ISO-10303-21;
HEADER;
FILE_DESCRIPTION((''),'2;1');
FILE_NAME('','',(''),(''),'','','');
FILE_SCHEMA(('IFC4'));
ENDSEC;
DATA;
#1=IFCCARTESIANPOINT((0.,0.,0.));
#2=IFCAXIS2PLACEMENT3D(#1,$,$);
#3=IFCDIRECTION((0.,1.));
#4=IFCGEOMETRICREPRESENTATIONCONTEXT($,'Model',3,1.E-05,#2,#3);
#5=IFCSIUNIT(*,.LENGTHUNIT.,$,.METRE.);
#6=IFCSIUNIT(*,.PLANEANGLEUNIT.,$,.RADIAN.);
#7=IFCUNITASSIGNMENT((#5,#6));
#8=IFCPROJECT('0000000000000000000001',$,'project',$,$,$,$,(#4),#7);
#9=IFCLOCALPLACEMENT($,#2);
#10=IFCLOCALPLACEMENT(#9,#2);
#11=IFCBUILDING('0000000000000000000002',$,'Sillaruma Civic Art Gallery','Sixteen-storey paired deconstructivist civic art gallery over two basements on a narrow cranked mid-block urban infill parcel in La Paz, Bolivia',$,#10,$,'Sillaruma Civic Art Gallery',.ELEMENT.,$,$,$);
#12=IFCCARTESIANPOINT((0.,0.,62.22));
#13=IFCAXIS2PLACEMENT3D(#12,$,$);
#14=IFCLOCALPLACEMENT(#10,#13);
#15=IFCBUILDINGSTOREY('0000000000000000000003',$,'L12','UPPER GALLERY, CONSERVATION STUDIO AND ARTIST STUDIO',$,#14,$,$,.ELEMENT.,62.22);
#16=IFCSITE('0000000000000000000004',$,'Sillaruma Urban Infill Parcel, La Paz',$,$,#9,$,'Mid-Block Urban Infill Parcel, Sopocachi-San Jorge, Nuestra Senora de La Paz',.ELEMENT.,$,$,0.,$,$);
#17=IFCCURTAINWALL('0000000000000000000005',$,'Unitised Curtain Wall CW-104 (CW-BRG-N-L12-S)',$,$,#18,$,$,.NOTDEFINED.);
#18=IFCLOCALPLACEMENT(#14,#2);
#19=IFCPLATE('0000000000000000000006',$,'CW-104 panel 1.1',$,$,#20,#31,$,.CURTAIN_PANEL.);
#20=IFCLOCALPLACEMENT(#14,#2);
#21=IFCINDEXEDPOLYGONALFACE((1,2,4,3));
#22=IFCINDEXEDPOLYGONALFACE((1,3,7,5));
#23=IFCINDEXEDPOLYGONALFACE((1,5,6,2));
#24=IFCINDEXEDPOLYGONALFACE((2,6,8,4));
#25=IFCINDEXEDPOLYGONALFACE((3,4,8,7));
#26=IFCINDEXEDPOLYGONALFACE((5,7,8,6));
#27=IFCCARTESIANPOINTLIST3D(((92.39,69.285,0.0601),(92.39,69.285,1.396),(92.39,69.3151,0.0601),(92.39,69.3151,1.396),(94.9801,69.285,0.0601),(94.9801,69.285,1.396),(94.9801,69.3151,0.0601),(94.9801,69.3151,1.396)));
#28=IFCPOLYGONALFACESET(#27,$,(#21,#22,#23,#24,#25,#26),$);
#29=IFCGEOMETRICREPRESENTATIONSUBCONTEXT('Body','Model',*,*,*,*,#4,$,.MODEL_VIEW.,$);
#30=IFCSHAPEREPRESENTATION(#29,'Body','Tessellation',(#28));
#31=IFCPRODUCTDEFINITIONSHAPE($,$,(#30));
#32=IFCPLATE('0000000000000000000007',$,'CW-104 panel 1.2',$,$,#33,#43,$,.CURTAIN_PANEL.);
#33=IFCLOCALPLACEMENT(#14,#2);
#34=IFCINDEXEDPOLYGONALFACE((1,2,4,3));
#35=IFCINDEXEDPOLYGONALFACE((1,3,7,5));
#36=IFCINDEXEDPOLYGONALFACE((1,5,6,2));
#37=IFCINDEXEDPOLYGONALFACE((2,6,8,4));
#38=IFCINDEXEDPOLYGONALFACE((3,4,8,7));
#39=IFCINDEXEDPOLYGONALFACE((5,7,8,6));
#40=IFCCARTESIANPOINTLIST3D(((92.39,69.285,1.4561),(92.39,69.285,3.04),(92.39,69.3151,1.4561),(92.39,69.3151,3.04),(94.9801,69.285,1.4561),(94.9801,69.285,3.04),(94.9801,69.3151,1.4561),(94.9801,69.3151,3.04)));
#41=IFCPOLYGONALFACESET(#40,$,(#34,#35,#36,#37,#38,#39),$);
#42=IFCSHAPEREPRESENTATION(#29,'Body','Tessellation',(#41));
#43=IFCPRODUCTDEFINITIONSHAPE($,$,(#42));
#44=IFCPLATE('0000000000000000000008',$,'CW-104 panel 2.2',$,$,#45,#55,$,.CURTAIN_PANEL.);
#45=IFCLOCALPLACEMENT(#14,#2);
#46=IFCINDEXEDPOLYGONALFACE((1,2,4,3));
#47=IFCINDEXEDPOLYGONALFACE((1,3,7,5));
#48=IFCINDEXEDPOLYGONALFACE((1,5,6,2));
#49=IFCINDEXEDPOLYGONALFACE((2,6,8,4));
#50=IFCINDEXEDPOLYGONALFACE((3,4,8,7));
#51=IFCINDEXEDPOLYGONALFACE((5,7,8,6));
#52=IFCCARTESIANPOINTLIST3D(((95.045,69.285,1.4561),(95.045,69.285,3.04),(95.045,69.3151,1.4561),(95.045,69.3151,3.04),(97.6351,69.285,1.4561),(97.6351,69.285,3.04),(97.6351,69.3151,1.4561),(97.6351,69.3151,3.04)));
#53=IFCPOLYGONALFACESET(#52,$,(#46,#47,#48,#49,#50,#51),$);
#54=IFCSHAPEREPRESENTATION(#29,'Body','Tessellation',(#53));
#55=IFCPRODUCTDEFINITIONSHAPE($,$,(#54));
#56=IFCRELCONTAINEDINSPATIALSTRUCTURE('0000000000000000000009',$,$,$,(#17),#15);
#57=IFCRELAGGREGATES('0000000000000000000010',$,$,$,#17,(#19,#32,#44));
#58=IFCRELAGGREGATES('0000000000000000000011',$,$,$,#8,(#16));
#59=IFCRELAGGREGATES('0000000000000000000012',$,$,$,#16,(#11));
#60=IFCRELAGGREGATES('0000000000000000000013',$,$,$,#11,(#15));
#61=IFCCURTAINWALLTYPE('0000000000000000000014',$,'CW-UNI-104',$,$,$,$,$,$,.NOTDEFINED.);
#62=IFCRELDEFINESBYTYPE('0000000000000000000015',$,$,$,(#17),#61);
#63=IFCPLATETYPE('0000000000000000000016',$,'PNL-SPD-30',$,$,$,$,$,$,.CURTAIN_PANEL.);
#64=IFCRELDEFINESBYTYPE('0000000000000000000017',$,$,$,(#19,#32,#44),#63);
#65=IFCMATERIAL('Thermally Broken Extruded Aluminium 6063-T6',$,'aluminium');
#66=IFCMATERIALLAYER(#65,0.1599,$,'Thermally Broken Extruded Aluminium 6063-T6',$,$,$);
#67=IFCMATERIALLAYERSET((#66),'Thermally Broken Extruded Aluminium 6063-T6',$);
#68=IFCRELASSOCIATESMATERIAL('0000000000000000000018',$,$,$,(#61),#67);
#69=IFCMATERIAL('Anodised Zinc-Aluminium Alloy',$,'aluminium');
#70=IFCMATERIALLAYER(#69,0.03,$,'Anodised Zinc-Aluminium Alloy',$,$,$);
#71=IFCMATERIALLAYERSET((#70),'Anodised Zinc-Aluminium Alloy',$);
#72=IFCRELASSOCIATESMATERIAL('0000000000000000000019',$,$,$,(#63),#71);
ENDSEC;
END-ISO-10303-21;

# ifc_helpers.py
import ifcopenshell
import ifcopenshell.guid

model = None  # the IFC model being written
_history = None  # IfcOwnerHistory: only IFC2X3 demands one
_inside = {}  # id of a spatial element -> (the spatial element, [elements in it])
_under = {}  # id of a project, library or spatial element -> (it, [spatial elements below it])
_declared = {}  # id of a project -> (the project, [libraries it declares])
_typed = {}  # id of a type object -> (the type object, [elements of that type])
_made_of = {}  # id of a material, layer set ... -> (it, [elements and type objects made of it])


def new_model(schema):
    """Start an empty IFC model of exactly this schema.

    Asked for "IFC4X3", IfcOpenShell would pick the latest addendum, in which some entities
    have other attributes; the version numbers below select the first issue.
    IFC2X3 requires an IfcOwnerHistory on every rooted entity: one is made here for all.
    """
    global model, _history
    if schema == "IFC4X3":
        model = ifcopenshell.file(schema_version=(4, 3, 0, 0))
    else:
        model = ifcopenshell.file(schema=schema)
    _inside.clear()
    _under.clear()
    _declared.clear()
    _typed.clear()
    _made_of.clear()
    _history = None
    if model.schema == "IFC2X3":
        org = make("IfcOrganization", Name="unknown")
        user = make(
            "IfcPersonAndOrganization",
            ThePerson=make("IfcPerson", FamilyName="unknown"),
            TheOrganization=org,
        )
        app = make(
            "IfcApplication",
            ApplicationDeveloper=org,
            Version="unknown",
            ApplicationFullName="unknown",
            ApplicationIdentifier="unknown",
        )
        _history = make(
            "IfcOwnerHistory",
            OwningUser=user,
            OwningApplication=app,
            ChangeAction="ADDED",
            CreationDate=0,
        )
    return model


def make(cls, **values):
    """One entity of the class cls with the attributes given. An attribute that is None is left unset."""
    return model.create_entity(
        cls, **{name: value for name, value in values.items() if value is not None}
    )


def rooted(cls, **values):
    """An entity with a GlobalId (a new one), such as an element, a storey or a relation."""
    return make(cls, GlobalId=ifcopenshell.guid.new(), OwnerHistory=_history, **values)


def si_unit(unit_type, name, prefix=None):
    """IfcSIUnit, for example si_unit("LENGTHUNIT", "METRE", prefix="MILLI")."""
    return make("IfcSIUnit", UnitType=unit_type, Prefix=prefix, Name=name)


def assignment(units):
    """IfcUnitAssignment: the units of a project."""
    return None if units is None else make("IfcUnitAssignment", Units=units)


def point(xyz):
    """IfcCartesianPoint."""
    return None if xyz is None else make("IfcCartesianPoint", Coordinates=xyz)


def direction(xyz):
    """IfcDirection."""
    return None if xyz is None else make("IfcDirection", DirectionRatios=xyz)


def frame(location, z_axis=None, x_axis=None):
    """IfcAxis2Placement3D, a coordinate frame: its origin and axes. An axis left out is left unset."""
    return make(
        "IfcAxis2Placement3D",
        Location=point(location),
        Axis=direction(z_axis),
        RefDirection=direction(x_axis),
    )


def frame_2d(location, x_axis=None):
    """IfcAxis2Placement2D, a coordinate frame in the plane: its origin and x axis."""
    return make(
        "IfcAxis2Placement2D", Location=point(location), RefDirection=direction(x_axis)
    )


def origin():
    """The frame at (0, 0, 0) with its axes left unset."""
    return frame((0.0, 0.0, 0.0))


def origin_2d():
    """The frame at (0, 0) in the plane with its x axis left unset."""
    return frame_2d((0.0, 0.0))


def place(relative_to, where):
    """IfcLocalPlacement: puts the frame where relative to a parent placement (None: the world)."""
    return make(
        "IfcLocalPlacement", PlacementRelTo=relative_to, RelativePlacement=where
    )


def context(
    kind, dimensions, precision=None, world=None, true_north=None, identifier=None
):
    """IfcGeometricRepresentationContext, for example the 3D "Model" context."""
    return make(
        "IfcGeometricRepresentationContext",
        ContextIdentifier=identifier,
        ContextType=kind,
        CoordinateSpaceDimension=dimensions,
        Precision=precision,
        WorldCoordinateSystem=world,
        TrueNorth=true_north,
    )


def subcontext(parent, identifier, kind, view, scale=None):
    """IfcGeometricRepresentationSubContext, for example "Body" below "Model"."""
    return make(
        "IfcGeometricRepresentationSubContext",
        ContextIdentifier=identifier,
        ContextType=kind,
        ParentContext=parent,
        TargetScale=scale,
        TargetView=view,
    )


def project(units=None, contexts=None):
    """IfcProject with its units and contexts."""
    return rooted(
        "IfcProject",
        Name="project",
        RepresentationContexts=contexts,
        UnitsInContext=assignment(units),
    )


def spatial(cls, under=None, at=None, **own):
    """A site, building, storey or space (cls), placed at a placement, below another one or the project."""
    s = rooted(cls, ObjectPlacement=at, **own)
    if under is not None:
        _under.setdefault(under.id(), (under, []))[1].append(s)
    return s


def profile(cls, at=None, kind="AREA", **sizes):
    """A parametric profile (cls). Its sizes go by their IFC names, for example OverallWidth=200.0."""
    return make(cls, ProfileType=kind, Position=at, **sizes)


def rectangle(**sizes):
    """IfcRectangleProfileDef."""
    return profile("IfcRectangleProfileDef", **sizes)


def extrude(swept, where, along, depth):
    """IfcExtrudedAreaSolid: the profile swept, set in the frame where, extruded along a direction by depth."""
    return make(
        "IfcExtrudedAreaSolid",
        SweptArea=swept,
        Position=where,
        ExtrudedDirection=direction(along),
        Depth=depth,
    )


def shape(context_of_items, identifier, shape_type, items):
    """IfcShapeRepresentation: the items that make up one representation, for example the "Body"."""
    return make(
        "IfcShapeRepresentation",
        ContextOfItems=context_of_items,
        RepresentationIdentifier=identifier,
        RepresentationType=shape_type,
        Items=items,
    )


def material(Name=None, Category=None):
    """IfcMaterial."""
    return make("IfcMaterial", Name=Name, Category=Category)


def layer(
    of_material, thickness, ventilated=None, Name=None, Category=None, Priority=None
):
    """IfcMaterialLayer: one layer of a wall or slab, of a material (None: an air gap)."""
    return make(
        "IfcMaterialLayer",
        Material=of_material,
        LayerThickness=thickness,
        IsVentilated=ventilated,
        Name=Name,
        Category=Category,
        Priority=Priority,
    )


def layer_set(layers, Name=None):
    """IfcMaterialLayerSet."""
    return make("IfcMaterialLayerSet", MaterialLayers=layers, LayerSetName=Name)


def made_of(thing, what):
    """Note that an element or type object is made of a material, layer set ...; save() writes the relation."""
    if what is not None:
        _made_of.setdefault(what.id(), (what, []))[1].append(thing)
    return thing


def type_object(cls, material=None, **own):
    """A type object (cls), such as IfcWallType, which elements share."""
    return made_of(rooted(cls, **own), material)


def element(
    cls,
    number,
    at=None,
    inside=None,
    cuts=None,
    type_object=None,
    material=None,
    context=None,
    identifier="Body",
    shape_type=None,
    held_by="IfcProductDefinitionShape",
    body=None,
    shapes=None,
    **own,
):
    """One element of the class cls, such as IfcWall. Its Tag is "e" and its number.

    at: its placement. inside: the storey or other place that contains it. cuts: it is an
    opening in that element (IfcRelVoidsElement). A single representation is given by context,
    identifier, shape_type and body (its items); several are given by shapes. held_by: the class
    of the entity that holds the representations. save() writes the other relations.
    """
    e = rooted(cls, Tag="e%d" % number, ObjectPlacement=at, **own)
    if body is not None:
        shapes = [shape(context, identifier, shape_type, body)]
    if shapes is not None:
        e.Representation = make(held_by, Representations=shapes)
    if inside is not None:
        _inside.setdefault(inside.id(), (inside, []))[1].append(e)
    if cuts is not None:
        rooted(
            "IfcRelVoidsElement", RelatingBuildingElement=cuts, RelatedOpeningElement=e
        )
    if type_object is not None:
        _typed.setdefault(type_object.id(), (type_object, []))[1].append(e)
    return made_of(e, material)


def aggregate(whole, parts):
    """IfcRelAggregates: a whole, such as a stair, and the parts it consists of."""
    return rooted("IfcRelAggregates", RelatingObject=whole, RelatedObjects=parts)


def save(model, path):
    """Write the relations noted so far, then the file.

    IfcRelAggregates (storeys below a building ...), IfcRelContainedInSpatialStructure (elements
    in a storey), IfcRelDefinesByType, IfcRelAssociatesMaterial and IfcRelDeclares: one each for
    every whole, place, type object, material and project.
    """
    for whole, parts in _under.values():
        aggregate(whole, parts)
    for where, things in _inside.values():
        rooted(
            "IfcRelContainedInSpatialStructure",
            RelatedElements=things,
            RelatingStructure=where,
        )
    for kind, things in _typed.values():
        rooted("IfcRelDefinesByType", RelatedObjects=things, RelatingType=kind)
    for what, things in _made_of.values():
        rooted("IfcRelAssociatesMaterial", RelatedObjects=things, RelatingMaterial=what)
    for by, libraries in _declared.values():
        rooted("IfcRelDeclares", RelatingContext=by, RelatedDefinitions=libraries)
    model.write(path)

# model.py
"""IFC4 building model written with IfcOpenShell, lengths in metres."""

from ifc_helpers import new_model, si_unit, direction, frame, origin, origin_2d, place, context, subcontext, project, spatial, rectangle, extrude, material, layer, layer_set, type_object, element, aggregate, save


model = new_model("IFC4")

# Units and contexts
model_context = context("Model", 3, precision=1e-05, world=origin(), true_north=direction((0.0, 1.0)))
body_context = subcontext(model_context, "Body", "Model", "MODEL_VIEW")
ifc_project = project(units=[si_unit("LENGTHUNIT", "METRE"), si_unit("PLANEANGLEUNIT", "RADIAN")], contexts=[model_context])

# Site, building, storey
site_placement = place(None, origin())
site = spatial("IfcSite", under=ifc_project, at=site_placement, Name="Sillaruma Urban Infill Parcel, La Paz", LongName="Mid-Block Urban Infill Parcel, Sopocachi-San Jorge, Nuestra Senora de La Paz", CompositionType="ELEMENT", RefElevation=0.0)
building_placement = place(site_placement, origin())
building = spatial("IfcBuilding", under=site, at=building_placement, Name="Sillaruma Civic Art Gallery", Description="Sixteen-storey paired deconstructivist civic art gallery over two basements on a narrow cranked mid-block urban infill parcel in La Paz, Bolivia", LongName="Sillaruma Civic Art Gallery", CompositionType="ELEMENT")
storey_placement = place(building_placement, frame((0.0, 0.0, 62.22)))
storey = spatial("IfcBuildingStorey", under=building, at=storey_placement, Name="L12", Description="UPPER GALLERY, CONSERVATION STUDIO AND ARTIST STUDIO", CompositionType="ELEMENT", Elevation=62.22)

# Shared definitions
ifc_material_1 = material(Name="Thermally Broken Extruded Aluminium 6063-T6", Category="aluminium")

# Curtain wall
ifc_layer_1 = layer(ifc_material_1, 0.1599, Name="Thermally Broken Extruded Aluminium 6063-T6")
ifc_layer_set_1 = layer_set([ifc_layer_1], Name="Thermally Broken Extruded Aluminium 6063-T6")
curtain_wall_type_1 = type_object("IfcCurtainWallType", Name="CW-UNI-104", PredefinedType="NOTDEFINED", material=ifc_layer_set_1)
curtain_wall_1_placement = place(storey_placement, origin())
curtain_wall_1 = element("IfcCurtainWall", 1, at=curtain_wall_1_placement, inside=storey, type_object=curtain_wall_type_1, Name="Unitised Curtain Wall CW-104 (CW-BRG-N-L12-S)", PredefinedType="NOTDEFINED")

# Plates
ifc_material_2 = material(Name="Anodised Zinc-Aluminium Alloy", Category="aluminium")
ifc_layer_2 = layer(ifc_material_2, 0.03, Name="Anodised Zinc-Aluminium Alloy")
ifc_layer_set_2 = layer_set([ifc_layer_2], Name="Anodised Zinc-Aluminium Alloy")
plate_type_1 = type_object("IfcPlateType", Name="PNL-SPD-30", PredefinedType="CURTAIN_PANEL", material=ifc_layer_set_2)
plate_1_placement = place(storey_placement, frame((93.6851, 69.3, 0.0601), z_axis=(0.0, 0.0, 1.0), x_axis=(1.0, 0.0, 0.0)))
plate_1 = element("IfcPlate", 2, at=plate_1_placement, type_object=plate_type_1, Name="CW-104 panel 1.1", PredefinedType="CURTAIN_PANEL", context=body_context, shape_type="SweptSolid", body=[
    extrude(rectangle(XDim=2.5901, YDim=0.03, at=origin_2d()), origin(), (0.0, 0.0, 1.0), 1.3359),
])
plate_2_placement = place(storey_placement, frame((93.6851, 69.3, 1.4561), z_axis=(0.0, 0.0, 1.0), x_axis=(1.0, 0.0, 0.0)))
plate_2 = element("IfcPlate", 3, at=plate_2_placement, type_object=plate_type_1, Name="CW-104 panel 1.2", PredefinedType="CURTAIN_PANEL", context=body_context, shape_type="SweptSolid", body=[
    extrude(rectangle(XDim=2.5901, YDim=0.03, at=origin_2d()), origin(), (0.0, 0.0, 1.0), 1.584),
])
plate_3_placement = place(storey_placement, frame((96.3401, 69.3, 1.4561), z_axis=(0.0, 0.0, 1.0), x_axis=(1.0, 0.0, 0.0)))
plate_3 = element("IfcPlate", 4, at=plate_3_placement, type_object=plate_type_1, Name="CW-104 panel 2.2", PredefinedType="CURTAIN_PANEL", context=body_context, shape_type="SweptSolid", body=[
    extrude(rectangle(XDim=2.5901, YDim=0.03, at=origin_2d()), origin(), (0.0, 0.0, 1.0), 1.584),
])
aggregate(curtain_wall_1, [plate_1, plate_2, plate_3])

save(model, "model.ifc")
